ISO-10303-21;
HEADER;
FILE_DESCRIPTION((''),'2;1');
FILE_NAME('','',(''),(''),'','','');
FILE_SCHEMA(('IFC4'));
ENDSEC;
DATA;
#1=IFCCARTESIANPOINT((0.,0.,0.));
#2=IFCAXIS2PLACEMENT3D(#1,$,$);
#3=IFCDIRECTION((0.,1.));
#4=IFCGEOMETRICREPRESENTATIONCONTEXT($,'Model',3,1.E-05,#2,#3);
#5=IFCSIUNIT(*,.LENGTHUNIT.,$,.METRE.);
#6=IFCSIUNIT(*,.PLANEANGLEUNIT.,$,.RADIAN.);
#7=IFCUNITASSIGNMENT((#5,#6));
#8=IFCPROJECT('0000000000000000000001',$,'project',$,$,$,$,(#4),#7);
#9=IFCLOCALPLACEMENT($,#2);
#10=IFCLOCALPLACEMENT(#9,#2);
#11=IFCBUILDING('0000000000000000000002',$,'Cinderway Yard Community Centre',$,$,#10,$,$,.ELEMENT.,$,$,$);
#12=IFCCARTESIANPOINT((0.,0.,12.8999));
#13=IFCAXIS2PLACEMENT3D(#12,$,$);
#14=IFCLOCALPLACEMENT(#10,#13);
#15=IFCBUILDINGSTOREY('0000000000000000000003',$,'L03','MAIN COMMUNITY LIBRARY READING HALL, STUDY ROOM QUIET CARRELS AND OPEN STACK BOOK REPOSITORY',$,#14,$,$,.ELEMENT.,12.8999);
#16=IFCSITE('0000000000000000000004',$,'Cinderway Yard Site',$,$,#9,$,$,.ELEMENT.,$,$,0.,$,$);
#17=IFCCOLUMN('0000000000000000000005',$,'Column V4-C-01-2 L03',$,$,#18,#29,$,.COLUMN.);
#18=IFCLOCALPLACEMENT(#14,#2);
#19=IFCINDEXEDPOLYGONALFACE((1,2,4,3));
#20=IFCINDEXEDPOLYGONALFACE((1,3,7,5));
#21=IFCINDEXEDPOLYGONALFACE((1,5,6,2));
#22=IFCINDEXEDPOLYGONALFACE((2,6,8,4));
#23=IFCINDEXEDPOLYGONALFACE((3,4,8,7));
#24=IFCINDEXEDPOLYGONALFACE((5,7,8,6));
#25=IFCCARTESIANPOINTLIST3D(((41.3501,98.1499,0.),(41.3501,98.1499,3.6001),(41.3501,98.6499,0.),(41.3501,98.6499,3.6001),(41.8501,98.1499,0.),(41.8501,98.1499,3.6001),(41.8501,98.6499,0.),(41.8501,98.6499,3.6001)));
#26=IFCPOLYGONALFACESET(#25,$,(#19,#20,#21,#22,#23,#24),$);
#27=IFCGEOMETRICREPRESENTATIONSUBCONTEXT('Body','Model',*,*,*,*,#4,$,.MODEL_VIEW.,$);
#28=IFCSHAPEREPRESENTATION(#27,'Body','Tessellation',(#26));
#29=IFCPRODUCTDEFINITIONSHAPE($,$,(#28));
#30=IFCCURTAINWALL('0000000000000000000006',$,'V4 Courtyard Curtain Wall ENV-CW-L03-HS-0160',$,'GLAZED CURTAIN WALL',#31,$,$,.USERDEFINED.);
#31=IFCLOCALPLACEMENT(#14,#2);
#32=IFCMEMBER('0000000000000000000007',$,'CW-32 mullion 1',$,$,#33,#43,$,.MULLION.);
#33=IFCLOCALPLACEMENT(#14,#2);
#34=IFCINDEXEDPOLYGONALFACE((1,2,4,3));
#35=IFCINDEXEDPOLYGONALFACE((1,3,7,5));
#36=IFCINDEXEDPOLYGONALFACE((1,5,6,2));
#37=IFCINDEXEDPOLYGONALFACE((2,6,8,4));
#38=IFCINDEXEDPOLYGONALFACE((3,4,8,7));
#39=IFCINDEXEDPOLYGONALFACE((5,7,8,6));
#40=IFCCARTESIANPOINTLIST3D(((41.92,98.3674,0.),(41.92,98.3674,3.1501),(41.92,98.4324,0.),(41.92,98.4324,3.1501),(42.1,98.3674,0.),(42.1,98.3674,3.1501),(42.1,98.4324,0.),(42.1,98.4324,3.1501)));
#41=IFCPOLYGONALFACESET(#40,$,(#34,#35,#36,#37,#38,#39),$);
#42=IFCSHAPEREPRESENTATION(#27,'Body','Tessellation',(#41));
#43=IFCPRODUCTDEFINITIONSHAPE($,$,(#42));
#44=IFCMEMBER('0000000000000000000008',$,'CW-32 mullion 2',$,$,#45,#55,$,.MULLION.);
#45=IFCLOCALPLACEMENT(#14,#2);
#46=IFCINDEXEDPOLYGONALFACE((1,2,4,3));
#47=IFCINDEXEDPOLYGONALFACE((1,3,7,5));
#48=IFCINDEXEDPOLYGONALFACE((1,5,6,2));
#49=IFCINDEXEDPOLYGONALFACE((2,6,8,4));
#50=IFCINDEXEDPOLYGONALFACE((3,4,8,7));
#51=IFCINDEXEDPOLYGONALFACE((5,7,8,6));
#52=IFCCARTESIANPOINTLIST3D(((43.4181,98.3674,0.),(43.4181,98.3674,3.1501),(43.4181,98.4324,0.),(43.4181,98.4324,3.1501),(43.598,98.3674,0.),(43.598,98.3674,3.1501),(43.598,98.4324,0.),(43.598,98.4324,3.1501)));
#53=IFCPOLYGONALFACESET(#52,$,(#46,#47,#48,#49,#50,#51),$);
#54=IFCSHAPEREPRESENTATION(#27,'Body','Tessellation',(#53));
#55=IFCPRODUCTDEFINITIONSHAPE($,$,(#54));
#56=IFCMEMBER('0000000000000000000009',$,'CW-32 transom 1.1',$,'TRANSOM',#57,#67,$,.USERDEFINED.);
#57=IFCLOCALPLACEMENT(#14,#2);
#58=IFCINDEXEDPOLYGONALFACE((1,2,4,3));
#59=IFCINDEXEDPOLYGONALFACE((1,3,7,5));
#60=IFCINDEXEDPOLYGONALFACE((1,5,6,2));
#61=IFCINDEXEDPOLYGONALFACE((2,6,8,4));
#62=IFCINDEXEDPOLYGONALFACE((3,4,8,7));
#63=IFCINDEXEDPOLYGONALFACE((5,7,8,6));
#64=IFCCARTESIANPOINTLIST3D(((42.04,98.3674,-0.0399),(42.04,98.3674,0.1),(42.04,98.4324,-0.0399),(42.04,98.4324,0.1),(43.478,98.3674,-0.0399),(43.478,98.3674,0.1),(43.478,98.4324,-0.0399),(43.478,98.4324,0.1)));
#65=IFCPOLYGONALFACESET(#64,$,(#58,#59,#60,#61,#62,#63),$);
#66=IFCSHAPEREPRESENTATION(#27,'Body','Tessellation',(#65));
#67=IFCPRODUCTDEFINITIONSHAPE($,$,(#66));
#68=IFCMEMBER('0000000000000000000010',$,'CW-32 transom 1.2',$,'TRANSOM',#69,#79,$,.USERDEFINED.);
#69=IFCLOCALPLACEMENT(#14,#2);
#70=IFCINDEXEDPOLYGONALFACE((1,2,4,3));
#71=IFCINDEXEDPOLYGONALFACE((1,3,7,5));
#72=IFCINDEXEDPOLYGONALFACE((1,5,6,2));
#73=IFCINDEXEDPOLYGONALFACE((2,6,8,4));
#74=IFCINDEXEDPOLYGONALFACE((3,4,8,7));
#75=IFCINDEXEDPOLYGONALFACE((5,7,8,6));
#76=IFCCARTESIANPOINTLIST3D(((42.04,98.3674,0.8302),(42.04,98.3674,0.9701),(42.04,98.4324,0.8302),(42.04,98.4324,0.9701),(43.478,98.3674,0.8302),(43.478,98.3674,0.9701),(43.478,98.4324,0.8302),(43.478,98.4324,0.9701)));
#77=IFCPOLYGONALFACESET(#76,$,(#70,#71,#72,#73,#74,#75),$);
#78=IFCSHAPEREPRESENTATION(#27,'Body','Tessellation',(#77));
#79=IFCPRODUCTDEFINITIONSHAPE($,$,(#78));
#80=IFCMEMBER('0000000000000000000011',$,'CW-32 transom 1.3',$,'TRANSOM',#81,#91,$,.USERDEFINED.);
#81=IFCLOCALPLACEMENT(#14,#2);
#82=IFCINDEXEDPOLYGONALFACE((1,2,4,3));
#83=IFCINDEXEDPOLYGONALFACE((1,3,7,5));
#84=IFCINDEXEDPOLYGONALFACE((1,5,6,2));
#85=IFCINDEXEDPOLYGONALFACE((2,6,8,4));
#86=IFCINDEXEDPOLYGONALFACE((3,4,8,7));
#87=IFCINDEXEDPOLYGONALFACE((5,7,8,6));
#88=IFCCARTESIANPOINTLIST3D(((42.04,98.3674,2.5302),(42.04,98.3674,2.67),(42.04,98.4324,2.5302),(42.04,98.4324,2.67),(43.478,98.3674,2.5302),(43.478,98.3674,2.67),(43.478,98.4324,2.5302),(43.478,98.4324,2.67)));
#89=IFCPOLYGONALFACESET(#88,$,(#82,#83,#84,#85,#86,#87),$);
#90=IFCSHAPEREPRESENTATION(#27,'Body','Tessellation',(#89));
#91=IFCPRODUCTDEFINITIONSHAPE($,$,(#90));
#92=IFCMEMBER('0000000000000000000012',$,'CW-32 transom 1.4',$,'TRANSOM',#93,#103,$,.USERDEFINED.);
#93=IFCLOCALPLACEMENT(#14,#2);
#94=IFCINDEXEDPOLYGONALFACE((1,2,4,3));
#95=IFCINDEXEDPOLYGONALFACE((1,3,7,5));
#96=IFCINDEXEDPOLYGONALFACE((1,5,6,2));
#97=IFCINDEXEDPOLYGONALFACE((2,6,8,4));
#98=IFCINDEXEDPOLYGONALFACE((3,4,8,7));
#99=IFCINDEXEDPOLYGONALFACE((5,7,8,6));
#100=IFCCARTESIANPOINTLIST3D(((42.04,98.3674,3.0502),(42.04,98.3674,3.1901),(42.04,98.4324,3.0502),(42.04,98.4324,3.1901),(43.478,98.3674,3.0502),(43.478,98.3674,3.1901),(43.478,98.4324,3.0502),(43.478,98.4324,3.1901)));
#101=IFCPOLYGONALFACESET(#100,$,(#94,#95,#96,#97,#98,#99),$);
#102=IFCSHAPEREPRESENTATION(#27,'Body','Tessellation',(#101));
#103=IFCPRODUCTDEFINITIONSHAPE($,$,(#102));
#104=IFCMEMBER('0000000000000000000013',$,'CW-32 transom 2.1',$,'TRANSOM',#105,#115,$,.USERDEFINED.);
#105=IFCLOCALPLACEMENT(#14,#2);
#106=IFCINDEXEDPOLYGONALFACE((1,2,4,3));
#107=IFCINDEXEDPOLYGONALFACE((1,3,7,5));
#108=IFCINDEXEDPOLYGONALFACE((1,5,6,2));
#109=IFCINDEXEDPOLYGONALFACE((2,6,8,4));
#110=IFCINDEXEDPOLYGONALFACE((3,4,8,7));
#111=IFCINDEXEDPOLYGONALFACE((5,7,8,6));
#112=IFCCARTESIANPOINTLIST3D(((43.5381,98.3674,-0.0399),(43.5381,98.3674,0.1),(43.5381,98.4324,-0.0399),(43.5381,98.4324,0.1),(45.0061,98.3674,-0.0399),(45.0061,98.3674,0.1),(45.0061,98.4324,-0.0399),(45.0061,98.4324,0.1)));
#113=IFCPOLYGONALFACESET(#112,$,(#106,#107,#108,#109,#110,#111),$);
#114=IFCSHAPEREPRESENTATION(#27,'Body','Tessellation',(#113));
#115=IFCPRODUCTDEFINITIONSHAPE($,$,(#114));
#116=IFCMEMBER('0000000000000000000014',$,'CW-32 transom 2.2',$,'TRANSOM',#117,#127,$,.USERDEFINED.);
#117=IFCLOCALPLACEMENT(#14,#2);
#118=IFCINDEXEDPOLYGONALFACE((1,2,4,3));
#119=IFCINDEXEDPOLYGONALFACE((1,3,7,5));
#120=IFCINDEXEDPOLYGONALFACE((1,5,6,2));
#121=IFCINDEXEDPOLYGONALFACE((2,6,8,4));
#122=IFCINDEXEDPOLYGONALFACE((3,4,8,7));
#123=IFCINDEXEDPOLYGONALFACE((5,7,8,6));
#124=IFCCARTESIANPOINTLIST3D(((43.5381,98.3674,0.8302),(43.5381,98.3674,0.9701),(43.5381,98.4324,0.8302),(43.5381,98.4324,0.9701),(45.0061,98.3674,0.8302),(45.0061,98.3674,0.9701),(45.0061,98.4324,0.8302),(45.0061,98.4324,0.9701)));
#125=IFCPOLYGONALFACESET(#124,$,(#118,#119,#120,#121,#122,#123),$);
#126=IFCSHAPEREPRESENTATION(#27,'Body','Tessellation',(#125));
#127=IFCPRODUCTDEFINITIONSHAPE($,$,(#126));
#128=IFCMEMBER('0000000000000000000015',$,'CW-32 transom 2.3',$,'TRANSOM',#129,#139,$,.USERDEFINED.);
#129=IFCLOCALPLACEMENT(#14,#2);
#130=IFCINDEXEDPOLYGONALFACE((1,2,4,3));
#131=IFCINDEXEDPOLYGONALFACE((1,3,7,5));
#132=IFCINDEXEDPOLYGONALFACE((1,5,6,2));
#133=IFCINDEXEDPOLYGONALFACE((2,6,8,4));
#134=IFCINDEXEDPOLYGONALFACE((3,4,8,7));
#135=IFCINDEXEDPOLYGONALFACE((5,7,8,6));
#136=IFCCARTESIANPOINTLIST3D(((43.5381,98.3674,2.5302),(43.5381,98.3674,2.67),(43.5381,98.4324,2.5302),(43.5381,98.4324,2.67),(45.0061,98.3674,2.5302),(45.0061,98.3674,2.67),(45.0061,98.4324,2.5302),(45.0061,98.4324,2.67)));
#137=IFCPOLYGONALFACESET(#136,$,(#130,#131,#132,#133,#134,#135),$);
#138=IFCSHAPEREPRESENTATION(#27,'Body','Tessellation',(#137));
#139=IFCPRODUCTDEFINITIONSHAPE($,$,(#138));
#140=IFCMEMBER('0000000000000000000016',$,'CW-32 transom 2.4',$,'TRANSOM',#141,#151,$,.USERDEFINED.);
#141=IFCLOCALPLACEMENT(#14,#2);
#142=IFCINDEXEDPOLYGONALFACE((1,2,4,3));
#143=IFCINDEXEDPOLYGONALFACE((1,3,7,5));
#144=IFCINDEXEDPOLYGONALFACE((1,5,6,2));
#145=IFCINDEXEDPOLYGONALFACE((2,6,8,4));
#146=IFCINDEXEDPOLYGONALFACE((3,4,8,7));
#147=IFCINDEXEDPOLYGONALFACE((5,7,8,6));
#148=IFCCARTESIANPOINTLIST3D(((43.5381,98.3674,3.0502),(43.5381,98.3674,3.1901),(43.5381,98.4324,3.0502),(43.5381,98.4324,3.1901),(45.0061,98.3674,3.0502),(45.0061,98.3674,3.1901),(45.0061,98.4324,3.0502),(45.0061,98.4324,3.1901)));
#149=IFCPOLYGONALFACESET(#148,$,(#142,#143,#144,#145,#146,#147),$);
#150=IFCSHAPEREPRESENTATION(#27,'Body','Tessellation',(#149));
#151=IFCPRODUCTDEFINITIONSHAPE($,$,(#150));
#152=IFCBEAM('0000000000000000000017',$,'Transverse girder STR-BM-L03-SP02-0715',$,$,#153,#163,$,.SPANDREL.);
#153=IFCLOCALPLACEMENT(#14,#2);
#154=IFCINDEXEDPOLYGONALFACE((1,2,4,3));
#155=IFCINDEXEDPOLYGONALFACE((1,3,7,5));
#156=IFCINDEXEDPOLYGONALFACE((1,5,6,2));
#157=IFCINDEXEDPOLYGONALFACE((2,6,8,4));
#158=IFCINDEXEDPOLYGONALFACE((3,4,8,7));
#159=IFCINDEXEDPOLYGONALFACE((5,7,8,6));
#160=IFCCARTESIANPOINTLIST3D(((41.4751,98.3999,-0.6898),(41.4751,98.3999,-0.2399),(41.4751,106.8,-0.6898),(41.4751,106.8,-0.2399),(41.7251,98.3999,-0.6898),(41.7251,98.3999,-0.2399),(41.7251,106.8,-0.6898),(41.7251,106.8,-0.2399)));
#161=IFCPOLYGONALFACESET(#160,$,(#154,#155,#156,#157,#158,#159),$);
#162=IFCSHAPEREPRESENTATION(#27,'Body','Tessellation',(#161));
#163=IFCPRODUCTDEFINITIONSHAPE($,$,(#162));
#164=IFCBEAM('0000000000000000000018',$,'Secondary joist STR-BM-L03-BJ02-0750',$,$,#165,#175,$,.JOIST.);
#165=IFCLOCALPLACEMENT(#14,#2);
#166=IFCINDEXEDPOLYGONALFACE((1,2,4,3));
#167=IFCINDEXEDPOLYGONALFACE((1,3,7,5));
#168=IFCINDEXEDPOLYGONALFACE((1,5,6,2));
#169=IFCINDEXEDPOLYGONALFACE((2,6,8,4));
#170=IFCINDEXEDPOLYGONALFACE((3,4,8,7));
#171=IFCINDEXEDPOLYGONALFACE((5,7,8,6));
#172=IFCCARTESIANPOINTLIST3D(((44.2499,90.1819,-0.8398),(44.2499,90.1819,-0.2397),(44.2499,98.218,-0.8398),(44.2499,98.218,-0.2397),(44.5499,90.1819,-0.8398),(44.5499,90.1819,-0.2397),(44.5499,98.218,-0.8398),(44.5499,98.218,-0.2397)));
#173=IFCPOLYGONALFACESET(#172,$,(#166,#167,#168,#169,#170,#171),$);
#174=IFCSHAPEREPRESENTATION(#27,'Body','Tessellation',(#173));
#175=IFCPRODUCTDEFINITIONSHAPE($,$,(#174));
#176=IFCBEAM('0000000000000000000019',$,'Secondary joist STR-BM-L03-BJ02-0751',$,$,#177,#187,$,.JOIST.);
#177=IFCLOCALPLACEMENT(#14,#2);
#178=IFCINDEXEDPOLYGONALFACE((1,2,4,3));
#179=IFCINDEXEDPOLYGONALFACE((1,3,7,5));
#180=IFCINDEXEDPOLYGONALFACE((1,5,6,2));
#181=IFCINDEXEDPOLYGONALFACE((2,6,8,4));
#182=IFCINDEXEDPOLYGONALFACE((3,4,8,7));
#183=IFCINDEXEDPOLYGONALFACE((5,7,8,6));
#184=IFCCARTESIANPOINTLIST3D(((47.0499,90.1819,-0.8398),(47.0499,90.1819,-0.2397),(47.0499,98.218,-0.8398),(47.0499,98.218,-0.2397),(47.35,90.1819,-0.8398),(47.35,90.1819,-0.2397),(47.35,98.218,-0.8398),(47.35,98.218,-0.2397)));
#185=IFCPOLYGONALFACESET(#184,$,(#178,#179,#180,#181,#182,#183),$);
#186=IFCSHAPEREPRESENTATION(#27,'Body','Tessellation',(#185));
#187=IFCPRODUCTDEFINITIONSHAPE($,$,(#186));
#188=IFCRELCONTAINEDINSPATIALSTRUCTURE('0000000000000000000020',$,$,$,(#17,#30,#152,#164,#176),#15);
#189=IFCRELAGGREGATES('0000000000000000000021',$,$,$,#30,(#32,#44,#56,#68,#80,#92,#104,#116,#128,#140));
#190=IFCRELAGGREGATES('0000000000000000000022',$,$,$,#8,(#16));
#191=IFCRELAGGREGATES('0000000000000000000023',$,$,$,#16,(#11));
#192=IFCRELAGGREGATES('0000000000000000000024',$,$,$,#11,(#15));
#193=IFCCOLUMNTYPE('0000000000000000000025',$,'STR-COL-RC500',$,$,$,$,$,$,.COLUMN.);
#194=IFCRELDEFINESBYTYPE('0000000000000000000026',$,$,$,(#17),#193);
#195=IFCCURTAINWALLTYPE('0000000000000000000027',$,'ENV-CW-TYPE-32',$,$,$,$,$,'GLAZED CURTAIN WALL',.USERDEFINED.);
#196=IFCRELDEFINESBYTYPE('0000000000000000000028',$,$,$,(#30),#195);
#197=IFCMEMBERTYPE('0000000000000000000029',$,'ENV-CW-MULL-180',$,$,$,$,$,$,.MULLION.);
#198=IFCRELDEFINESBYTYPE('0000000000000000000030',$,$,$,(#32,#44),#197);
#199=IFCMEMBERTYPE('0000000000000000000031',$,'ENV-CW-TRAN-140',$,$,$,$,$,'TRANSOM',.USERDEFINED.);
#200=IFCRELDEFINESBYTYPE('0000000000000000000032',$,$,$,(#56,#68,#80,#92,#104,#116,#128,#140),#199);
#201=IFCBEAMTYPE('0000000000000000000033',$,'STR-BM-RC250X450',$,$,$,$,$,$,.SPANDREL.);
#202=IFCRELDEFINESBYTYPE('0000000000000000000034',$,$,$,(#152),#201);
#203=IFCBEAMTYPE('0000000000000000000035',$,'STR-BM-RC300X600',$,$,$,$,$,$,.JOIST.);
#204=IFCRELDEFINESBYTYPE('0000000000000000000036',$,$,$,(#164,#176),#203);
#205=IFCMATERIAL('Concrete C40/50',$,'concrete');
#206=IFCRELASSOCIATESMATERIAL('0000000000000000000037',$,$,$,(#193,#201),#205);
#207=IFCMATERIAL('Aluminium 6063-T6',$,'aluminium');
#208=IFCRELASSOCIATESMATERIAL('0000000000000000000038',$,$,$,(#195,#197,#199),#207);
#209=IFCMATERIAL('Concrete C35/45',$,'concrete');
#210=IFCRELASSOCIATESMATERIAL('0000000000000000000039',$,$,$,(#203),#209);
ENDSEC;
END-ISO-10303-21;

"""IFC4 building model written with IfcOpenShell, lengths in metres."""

from ifc_helpers import new_model, si_unit, direction, frame, origin, origin_2d, place, context, subcontext, project, spatial, rectangle, extrude, material, material_profile, profile_set, type_object, element, aggregate, save


model = new_model("IFC4")

# Units and contexts
model_context = context("Model", 3, precision=1e-05, world=origin(), true_north=direction((0.0, 1.0)))
body_context = subcontext(model_context, "Body", "Model", "MODEL_VIEW")
ifc_project = project(units=[si_unit("LENGTHUNIT", "METRE"), si_unit("PLANEANGLEUNIT", "RADIAN")], contexts=[model_context])

# Site, building, storey
site_placement = place(None, origin())
site = spatial("IfcSite", under=ifc_project, at=site_placement, Name="Cinderway Yard Site", CompositionType="ELEMENT", RefElevation=0.0)
building_placement = place(site_placement, origin())
building = spatial("IfcBuilding", under=site, at=building_placement, Name="Cinderway Yard Community Centre", CompositionType="ELEMENT")
storey_placement = place(building_placement, frame((0.0, 0.0, 12.8999)))
storey = spatial("IfcBuildingStorey", under=building, at=storey_placement, Name="L03", Description="MAIN COMMUNITY LIBRARY READING HALL, STUDY ROOM QUIET CARRELS AND OPEN STACK BOOK REPOSITORY", CompositionType="ELEMENT", Elevation=12.8999)

# Column
ifc_material_1 = material(Name="Concrete C40/50", Category="concrete")
ifc_material_profile_1 = material_profile(ifc_material_1, rectangle(XDim=0.5, YDim=0.5, at=origin_2d()), Name="Concrete C40/50")
ifc_profile_set_1 = profile_set([ifc_material_profile_1], Name="Concrete C40/50")
column_type = type_object("IfcColumnType", Name="STR-COL-RC500", PredefinedType="COLUMN", material=ifc_profile_set_1)
column_placement = place(storey_placement, frame((41.6001, 98.3999, 0.0), z_axis=(0.0, 0.0, 1.0), x_axis=(1.0, 0.0, 0.0)))
element("IfcColumn", 1, at=column_placement, inside=storey, type_object=column_type, Name="Column V4-C-01-2 L03", PredefinedType="COLUMN", context=body_context, shape_type="SweptSolid", body=[
    extrude(rectangle(XDim=0.5, YDim=0.5, at=origin_2d()), origin(), (0.0, 0.0, 1.0), 3.6001),
])

# Curtain wall, members
ifc_material_2 = material(Name="Aluminium 6063-T6", Category="aluminium")
curtain_wall_type = type_object("IfcCurtainWallType", Name="ENV-CW-TYPE-32", ElementType="GLAZED CURTAIN WALL", PredefinedType="USERDEFINED", material=ifc_material_2)
curtain_wall_placement = place(storey_placement, origin())
curtain_wall = element("IfcCurtainWall", 2, at=curtain_wall_placement, inside=storey, type_object=curtain_wall_type, Name="V4 Courtyard Curtain Wall ENV-CW-L03-HS-0160", ObjectType="GLAZED CURTAIN WALL", PredefinedType="USERDEFINED")
ifc_material_profile_2 = material_profile(ifc_material_2, rectangle(XDim=0.0649, YDim=0.1799, at=origin_2d()), Name="Aluminium 6063-T6")
ifc_profile_set_2 = profile_set([ifc_material_profile_2], Name="Aluminium 6063-T6")
member_type_1 = type_object("IfcMemberType", Name="ENV-CW-MULL-180", PredefinedType="MULLION", material=ifc_profile_set_2)
member_1_placement = place(storey_placement, frame((42.01, 98.3999, 0.0), z_axis=(0.0, 0.0, 1.0), x_axis=(0.0, 1.0, 0.0)))
member_1 = element("IfcMember", 3, at=member_1_placement, type_object=member_type_1, Name="CW-32 mullion 1", PredefinedType="MULLION", context=body_context, shape_type="SweptSolid", body=[
    extrude(rectangle(XDim=0.0649, YDim=0.1799, at=origin_2d()), origin(), (0.0, 0.0, 1.0), 3.1501),
])
member_2_placement = place(storey_placement, frame((43.5081, 98.3999, 0.0), z_axis=(0.0, 0.0, 1.0), x_axis=(0.0, 1.0, 0.0)))
member_2 = element("IfcMember", 4, at=member_2_placement, type_object=member_type_1, Name="CW-32 mullion 2", PredefinedType="MULLION", context=body_context, shape_type="SweptSolid", body=[
    extrude(rectangle(XDim=0.0649, YDim=0.1799, at=origin_2d()), origin(), (0.0, 0.0, 1.0), 3.1501),
])
ifc_material_profile_3 = material_profile(ifc_material_2, rectangle(XDim=0.0649, YDim=0.1399, at=origin_2d()), Name="Aluminium 6063-T6")
ifc_profile_set_3 = profile_set([ifc_material_profile_3], Name="Aluminium 6063-T6")
member_type_2 = type_object("IfcMemberType", Name="ENV-CW-TRAN-140", ElementType="TRANSOM", PredefinedType="USERDEFINED", material=ifc_profile_set_3)
member_3_placement = place(storey_placement, frame((42.04, 98.3999, 0.03), z_axis=(1.0, 0.0, 0.0), x_axis=(0.0, 1.0, 0.0)))
member_3 = element("IfcMember", 5, at=member_3_placement, type_object=member_type_2, Name="CW-32 transom 1.1", ObjectType="TRANSOM", PredefinedType="USERDEFINED", context=body_context, shape_type="SweptSolid", body=[
    extrude(rectangle(XDim=0.0649, YDim=0.1399, at=origin_2d()), origin(), (0.0, 0.0, 1.0), 1.438),
])
member_4_placement = place(storey_placement, frame((42.04, 98.3999, 0.9001), z_axis=(1.0, 0.0, 0.0), x_axis=(0.0, 1.0, 0.0)))
member_4 = element("IfcMember", 6, at=member_4_placement, type_object=member_type_2, Name="CW-32 transom 1.2", ObjectType="TRANSOM", PredefinedType="USERDEFINED", context=body_context, shape_type="SweptSolid", body=[
    extrude(rectangle(XDim=0.0649, YDim=0.1399, at=origin_2d()), origin(), (0.0, 0.0, 1.0), 1.438),
])
member_5_placement = place(storey_placement, frame((42.04, 98.3999, 2.6001), z_axis=(1.0, 0.0, 0.0), x_axis=(0.0, 1.0, 0.0)))
member_5 = element("IfcMember", 7, at=member_5_placement, type_object=member_type_2, Name="CW-32 transom 1.3", ObjectType="TRANSOM", PredefinedType="USERDEFINED", context=body_context, shape_type="SweptSolid", body=[
    extrude(rectangle(XDim=0.0649, YDim=0.1399, at=origin_2d()), origin(), (0.0, 0.0, 1.0), 1.438),
])
member_6_placement = place(storey_placement, frame((42.04, 98.3999, 3.1201), z_axis=(1.0, 0.0, 0.0), x_axis=(0.0, 1.0, 0.0)))
member_6 = element("IfcMember", 8, at=member_6_placement, type_object=member_type_2, Name="CW-32 transom 1.4", ObjectType="TRANSOM", PredefinedType="USERDEFINED", context=body_context, shape_type="SweptSolid", body=[
    extrude(rectangle(XDim=0.0649, YDim=0.1399, at=origin_2d()), origin(), (0.0, 0.0, 1.0), 1.438),
])
member_7_placement = place(storey_placement, frame((43.5381, 98.3999, 0.03), z_axis=(1.0, 0.0, 0.0), x_axis=(0.0, 1.0, 0.0)))
member_7 = element("IfcMember", 9, at=member_7_placement, type_object=member_type_2, Name="CW-32 transom 2.1", ObjectType="TRANSOM", PredefinedType="USERDEFINED", context=body_context, shape_type="SweptSolid", body=[
    extrude(rectangle(XDim=0.0649, YDim=0.1399, at=origin_2d()), origin(), (0.0, 0.0, 1.0), 1.468),
])
member_8_placement = place(storey_placement, frame((43.5381, 98.3999, 0.9001), z_axis=(1.0, 0.0, 0.0), x_axis=(0.0, 1.0, 0.0)))
member_8 = element("IfcMember", 10, at=member_8_placement, type_object=member_type_2, Name="CW-32 transom 2.2", ObjectType="TRANSOM", PredefinedType="USERDEFINED", context=body_context, shape_type="SweptSolid", body=[
    extrude(rectangle(XDim=0.0649, YDim=0.1399, at=origin_2d()), origin(), (0.0, 0.0, 1.0), 1.468),
])
member_9_placement = place(storey_placement, frame((43.5381, 98.3999, 2.6001), z_axis=(1.0, 0.0, 0.0), x_axis=(0.0, 1.0, 0.0)))
member_9 = element("IfcMember", 11, at=member_9_placement, type_object=member_type_2, Name="CW-32 transom 2.3", ObjectType="TRANSOM", PredefinedType="USERDEFINED", context=body_context, shape_type="SweptSolid", body=[
    extrude(rectangle(XDim=0.0649, YDim=0.1399, at=origin_2d()), origin(), (0.0, 0.0, 1.0), 1.468),
])
member_10_placement = place(storey_placement, frame((43.5381, 98.3999, 3.1201), z_axis=(1.0, 0.0, 0.0), x_axis=(0.0, 1.0, 0.0)))
member_10 = element("IfcMember", 12, at=member_10_placement, type_object=member_type_2, Name="CW-32 transom 2.4", ObjectType="TRANSOM", PredefinedType="USERDEFINED", context=body_context, shape_type="SweptSolid", body=[
    extrude(rectangle(XDim=0.0649, YDim=0.1399, at=origin_2d()), origin(), (0.0, 0.0, 1.0), 1.468),
])

# Beams
ifc_material_profile_4 = material_profile(ifc_material_1, rectangle(XDim=0.25, YDim=0.45, at=origin_2d()), Name="Concrete C40/50")
ifc_profile_set_4 = profile_set([ifc_material_profile_4], Name="Concrete C40/50")
beam_type_1 = type_object("IfcBeamType", Name="STR-BM-RC250X450", PredefinedType="SPANDREL", material=ifc_profile_set_4)
beam_1_placement = place(storey_placement, frame((41.6001, 98.3999, -0.4648), z_axis=(0.0, 1.0, 0.0), x_axis=(-1.0, 0.0, 0.0)))
element("IfcBeam", 13, at=beam_1_placement, inside=storey, type_object=beam_type_1, Name="Transverse girder STR-BM-L03-SP02-0715", PredefinedType="SPANDREL", context=body_context, shape_type="SweptSolid", body=[
    extrude(rectangle(XDim=0.25, YDim=0.45, at=origin_2d()), origin(), (0.0, 0.0, 1.0), 8.4001),
])
ifc_material_3 = material(Name="Concrete C35/45", Category="concrete")
ifc_material_profile_5 = material_profile(ifc_material_3, rectangle(XDim=0.3, YDim=0.6001, at=origin_2d()), Name="Concrete C35/45")
ifc_profile_set_5 = profile_set([ifc_material_profile_5], Name="Concrete C35/45")
beam_type_2 = type_object("IfcBeamType", Name="STR-BM-RC300X600", PredefinedType="JOIST", material=ifc_profile_set_5)
for number, where, z_axis, x_axis, name in (
    (14, (44.3999, 90.1819, -0.5398), (0.0, 1.0, 0.0), (-1.0, 0.0, 0.0), "Secondary joist STR-BM-L03-BJ02-0750"),
    (15, (47.2, 90.1819, -0.5398), (0.0, 1.0, 0.0), (-1.0, 0.0, 0.0), "Secondary joist STR-BM-L03-BJ02-0751"),
):
    element("IfcBeam", number, at=place(storey_placement, frame(where, z_axis=z_axis, x_axis=x_axis)), inside=storey, type_object=beam_type_2, Name=name, PredefinedType="JOIST", context=body_context, shape_type="SweptSolid", body=[
        extrude(rectangle(XDim=0.3, YDim=0.6001, at=origin_2d()), origin(), (0.0, 0.0, 1.0), 8.0361),
    ])

aggregate(curtain_wall, [member_1, member_2, member_3, member_4, member_5, member_6, member_7, member_8, member_9, member_10])

save(model, "model.ifc")
